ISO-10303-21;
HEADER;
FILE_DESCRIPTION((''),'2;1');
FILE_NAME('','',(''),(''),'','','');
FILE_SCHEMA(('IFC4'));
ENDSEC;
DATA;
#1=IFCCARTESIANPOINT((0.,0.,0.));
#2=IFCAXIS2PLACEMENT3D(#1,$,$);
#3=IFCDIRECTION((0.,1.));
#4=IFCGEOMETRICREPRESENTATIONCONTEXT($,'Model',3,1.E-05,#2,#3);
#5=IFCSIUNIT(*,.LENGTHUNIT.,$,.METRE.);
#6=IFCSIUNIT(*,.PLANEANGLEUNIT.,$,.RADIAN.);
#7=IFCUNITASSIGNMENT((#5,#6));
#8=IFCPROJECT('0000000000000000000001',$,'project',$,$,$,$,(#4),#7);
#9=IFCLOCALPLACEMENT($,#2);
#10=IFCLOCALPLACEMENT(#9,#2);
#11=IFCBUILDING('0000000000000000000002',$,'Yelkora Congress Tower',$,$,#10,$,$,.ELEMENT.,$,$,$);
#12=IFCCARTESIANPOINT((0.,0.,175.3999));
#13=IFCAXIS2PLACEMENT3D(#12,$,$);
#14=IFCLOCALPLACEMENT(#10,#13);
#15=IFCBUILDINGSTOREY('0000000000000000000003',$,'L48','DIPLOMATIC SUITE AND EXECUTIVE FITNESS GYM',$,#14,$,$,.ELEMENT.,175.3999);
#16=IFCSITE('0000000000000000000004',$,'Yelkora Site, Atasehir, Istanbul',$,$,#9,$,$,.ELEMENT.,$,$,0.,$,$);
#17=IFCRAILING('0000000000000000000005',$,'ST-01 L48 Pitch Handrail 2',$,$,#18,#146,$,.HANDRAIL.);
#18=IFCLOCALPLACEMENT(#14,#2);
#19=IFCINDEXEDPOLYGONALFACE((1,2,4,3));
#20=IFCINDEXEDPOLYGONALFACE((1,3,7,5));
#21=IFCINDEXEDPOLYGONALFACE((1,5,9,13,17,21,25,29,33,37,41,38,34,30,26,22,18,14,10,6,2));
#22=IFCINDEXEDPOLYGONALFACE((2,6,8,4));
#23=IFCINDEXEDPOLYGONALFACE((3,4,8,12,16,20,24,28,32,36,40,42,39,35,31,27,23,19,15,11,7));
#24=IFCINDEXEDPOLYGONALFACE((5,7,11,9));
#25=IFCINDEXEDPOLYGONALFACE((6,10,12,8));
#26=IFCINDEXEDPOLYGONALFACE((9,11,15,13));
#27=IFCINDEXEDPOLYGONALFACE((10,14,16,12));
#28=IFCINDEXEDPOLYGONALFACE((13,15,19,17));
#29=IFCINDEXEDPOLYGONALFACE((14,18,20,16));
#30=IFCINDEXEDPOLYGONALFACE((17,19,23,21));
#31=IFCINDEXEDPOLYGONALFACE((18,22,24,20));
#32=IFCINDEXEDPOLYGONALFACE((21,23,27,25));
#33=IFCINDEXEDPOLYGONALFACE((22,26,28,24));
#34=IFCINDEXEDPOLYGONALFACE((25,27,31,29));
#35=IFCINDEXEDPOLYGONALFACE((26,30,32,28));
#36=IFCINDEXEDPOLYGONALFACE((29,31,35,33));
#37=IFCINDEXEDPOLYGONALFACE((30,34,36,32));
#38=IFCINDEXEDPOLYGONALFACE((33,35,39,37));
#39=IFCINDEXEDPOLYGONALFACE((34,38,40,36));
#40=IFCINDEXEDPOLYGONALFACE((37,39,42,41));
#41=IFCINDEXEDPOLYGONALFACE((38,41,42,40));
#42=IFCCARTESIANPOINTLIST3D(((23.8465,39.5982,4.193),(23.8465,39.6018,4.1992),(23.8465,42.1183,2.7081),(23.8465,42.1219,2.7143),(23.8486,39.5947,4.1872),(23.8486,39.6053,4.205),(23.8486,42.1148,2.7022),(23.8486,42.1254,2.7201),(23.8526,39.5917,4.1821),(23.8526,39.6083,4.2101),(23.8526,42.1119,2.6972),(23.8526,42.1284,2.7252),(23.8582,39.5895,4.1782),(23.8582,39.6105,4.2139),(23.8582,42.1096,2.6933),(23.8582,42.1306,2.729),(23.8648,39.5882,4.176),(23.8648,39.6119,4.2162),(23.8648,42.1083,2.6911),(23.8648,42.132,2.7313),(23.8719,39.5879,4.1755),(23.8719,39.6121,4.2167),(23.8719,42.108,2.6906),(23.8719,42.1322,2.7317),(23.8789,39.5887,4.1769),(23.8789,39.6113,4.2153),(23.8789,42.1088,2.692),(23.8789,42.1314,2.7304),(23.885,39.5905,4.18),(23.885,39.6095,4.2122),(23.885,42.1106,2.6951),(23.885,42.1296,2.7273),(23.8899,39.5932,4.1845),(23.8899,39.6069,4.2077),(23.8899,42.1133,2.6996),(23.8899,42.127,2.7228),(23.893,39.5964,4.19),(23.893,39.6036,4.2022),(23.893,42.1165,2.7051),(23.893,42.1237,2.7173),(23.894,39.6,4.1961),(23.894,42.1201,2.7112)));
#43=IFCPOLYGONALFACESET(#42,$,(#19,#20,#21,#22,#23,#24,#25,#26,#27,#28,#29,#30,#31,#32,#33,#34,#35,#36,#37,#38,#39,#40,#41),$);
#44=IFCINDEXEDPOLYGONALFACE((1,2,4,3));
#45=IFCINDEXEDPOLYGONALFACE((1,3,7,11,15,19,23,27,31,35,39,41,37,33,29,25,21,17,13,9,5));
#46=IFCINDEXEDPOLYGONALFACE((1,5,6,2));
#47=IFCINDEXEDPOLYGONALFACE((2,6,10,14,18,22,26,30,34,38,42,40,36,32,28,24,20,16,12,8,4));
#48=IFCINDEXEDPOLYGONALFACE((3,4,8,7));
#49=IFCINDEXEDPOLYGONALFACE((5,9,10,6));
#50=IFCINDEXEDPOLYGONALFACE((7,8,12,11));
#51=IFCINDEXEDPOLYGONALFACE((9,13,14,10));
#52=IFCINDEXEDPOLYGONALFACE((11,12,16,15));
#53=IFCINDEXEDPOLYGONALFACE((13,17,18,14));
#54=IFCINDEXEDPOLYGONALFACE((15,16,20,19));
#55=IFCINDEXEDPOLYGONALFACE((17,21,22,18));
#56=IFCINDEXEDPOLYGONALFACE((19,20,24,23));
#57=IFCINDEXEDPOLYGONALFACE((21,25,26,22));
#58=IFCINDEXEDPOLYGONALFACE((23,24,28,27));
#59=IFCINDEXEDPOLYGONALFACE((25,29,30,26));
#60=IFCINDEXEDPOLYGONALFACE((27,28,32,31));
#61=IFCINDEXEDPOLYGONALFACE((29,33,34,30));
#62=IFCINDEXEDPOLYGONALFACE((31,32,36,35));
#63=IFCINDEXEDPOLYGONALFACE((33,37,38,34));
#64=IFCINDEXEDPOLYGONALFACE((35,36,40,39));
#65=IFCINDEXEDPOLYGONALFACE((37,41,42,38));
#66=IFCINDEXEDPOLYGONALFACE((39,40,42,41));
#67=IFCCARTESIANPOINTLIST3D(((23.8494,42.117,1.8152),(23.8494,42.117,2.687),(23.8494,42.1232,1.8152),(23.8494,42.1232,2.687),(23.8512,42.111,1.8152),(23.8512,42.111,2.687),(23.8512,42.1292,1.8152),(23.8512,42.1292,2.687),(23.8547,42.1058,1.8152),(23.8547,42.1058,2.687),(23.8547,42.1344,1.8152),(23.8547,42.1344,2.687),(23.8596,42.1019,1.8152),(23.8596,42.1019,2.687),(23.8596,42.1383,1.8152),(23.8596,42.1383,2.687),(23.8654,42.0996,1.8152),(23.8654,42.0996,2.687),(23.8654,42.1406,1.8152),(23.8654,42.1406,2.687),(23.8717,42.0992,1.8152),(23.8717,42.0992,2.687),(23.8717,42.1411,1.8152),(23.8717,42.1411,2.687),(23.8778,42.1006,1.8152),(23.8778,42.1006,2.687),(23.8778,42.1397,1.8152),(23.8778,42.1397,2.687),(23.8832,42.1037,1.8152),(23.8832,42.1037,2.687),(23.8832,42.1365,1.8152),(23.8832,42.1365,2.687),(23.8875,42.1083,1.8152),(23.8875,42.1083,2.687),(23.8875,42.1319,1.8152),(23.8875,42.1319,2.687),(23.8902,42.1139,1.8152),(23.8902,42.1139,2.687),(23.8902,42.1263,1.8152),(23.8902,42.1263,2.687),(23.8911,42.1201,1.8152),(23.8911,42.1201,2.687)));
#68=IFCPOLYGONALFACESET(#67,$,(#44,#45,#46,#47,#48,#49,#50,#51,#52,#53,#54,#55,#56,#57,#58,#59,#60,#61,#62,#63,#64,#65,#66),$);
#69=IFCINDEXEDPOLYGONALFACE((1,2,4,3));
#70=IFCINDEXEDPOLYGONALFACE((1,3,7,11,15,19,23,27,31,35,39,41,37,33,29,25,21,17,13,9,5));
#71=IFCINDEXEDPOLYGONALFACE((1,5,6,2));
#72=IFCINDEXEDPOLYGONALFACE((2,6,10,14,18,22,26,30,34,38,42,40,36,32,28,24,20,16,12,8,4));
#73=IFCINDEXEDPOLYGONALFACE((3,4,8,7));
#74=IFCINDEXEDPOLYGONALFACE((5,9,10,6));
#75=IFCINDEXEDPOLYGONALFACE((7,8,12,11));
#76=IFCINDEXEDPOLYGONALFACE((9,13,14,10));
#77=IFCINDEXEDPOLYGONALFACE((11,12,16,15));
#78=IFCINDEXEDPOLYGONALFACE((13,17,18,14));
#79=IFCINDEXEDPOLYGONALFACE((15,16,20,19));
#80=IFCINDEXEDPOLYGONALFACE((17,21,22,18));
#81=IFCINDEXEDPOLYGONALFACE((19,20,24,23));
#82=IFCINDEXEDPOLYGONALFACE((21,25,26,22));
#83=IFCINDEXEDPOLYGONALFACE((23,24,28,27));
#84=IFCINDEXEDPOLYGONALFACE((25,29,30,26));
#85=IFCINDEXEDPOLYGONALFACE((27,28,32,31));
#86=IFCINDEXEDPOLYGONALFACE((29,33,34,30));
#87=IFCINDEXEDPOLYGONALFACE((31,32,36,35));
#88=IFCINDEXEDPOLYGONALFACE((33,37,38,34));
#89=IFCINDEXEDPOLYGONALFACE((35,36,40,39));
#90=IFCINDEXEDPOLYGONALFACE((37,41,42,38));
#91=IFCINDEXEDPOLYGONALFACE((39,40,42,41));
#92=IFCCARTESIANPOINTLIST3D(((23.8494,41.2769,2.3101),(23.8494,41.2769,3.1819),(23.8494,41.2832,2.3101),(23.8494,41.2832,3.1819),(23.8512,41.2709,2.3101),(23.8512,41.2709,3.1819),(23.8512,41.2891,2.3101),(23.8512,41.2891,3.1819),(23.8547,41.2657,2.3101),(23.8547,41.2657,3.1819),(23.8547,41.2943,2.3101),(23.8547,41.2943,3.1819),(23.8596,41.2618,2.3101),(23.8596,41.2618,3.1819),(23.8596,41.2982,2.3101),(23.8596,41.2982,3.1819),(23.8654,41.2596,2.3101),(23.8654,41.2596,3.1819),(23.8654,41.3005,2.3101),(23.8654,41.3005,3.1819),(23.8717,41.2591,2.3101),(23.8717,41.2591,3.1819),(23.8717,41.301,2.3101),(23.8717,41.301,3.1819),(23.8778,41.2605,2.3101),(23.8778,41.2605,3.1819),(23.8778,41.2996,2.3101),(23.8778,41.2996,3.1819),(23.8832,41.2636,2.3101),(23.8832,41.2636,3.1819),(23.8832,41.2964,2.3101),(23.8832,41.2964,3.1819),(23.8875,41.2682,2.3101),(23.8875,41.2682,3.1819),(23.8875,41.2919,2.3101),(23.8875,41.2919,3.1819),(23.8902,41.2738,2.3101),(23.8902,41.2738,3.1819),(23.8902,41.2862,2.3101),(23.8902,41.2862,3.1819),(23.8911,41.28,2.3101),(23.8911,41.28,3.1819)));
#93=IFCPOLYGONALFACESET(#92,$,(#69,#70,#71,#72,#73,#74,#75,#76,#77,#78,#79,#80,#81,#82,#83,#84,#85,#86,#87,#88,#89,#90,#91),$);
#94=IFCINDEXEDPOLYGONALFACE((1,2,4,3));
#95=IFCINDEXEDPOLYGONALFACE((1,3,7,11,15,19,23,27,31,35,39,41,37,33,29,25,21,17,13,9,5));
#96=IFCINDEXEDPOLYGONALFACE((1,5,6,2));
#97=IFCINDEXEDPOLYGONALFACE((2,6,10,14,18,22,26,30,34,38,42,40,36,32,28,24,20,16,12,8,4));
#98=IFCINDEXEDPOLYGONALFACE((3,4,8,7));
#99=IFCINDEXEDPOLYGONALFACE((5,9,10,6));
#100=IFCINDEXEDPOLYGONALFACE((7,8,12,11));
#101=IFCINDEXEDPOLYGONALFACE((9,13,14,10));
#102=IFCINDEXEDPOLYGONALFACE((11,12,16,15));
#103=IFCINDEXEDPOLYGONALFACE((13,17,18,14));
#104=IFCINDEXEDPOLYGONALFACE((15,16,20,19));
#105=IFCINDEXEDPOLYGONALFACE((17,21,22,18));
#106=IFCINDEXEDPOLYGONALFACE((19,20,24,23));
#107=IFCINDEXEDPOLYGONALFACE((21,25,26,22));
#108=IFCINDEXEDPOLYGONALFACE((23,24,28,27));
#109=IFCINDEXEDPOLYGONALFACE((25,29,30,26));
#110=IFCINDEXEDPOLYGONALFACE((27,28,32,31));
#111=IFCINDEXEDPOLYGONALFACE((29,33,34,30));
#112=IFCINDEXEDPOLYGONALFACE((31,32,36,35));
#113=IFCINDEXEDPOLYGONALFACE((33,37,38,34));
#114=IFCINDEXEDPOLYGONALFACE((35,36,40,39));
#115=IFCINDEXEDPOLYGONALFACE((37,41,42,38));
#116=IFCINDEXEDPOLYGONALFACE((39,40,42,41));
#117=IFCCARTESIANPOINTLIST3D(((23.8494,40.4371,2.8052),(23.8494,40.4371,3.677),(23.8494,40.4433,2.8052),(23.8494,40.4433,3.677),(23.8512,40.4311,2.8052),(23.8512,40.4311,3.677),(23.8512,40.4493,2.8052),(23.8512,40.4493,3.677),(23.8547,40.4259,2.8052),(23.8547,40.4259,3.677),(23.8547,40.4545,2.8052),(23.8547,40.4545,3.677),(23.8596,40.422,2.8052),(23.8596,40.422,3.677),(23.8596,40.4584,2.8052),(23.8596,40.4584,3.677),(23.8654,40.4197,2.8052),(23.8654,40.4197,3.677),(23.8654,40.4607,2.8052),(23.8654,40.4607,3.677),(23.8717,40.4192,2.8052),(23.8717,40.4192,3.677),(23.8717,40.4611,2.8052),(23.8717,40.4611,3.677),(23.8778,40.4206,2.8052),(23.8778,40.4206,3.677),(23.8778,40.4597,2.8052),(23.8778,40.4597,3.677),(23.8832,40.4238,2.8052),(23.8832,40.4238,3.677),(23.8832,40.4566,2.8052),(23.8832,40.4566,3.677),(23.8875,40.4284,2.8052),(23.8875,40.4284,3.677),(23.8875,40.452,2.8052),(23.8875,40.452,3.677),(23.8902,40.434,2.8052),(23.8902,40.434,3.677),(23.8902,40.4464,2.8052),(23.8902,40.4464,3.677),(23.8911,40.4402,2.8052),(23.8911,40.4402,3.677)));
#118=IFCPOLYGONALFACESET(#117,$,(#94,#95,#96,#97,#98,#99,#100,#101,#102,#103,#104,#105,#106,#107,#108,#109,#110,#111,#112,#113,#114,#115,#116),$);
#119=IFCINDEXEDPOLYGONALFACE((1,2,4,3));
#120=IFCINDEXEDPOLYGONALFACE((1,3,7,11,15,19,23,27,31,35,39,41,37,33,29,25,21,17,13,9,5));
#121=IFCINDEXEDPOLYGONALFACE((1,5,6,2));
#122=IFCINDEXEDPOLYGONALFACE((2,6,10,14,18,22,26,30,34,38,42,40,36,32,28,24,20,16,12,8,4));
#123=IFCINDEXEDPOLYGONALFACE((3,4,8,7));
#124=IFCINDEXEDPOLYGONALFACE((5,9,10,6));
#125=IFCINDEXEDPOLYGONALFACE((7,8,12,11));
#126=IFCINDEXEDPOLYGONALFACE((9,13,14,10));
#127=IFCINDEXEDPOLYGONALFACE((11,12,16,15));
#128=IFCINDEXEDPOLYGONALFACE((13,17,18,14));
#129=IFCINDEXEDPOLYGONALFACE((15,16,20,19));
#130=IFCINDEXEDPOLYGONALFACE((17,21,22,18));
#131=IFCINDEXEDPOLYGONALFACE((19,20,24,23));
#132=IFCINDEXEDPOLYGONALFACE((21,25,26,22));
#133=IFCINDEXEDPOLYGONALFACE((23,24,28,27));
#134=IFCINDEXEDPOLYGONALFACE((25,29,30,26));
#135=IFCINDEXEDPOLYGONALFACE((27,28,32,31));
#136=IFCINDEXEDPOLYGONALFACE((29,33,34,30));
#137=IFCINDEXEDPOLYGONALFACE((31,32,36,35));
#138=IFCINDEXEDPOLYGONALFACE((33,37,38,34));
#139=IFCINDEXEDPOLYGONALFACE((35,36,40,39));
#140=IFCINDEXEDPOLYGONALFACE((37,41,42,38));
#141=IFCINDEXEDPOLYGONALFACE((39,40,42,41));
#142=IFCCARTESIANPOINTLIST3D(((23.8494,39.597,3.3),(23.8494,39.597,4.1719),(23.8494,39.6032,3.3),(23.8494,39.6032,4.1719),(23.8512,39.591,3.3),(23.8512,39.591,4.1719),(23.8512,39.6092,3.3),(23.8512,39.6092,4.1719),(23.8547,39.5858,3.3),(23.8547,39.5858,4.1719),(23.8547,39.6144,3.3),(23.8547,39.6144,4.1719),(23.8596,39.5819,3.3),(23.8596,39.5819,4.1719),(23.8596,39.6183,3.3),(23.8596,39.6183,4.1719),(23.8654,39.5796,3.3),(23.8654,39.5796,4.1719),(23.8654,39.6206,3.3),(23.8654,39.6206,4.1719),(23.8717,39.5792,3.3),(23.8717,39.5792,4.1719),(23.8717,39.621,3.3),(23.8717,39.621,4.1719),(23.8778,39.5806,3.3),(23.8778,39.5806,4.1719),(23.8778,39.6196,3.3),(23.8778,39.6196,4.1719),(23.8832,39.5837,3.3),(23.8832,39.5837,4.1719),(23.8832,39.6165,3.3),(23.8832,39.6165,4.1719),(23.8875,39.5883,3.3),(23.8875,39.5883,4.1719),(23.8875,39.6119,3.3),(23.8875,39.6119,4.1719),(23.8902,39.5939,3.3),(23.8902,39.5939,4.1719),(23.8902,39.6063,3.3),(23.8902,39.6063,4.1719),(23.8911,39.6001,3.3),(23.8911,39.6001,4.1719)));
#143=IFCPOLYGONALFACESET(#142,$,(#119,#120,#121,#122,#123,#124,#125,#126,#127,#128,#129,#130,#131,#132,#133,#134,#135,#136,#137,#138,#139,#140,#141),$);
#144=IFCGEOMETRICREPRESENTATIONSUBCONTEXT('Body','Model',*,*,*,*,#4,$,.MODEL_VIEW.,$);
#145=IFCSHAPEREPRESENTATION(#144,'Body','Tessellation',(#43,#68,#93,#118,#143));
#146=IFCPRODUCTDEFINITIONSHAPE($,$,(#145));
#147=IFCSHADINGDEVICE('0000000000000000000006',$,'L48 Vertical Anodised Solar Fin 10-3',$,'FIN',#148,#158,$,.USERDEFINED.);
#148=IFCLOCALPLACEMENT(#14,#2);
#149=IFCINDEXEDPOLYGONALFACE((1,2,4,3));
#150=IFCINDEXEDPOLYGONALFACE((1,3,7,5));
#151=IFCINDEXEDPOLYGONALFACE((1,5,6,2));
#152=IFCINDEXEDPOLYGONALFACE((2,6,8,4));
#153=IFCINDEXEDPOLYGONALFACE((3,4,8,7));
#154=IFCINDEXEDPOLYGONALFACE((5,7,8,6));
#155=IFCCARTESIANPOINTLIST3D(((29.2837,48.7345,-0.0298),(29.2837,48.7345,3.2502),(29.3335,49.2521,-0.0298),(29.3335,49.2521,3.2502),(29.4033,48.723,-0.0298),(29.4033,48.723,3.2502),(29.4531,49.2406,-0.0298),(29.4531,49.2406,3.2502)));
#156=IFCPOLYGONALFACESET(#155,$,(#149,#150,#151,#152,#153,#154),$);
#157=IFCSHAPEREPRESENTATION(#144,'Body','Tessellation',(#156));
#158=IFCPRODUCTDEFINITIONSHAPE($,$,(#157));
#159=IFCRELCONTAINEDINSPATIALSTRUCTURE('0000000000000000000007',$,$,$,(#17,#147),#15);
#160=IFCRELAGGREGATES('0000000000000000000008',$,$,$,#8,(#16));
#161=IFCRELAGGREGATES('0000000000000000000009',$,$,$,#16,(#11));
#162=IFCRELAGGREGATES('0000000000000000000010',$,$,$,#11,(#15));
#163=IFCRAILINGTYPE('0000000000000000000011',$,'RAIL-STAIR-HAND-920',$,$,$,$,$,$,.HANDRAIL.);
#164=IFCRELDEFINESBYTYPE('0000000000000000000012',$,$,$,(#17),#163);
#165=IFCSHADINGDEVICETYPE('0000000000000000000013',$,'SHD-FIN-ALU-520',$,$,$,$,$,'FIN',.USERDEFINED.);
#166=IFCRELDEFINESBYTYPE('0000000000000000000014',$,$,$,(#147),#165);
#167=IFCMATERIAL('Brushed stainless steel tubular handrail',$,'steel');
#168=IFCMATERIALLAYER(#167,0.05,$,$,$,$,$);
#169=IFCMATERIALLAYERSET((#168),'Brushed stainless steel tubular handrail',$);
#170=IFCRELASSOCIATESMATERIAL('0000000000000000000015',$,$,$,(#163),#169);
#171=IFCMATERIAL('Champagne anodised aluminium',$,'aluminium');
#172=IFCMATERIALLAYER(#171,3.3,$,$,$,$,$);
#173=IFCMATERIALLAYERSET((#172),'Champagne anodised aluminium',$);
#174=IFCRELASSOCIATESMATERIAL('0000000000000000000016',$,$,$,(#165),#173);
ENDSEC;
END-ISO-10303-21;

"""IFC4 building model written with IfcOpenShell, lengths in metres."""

from ifc_helpers import new_model, si_unit, direction, frame, origin, origin_2d, place, context, subcontext, project, spatial, rectangle, circle, extrude, material, layer, layer_set, type_object, element, save


model = new_model("IFC4")

# Units and contexts
model_context = context("Model", 3, precision=1e-05, world=origin(), true_north=direction((0.0, 1.0)))
body_context = subcontext(model_context, "Body", "Model", "MODEL_VIEW")
ifc_project = project(units=[si_unit("LENGTHUNIT", "METRE"), si_unit("PLANEANGLEUNIT", "RADIAN")], contexts=[model_context])

# Site, building, storey
site_placement = place(None, origin())
site = spatial("IfcSite", under=ifc_project, at=site_placement, Name="Yelkora Site, Atasehir, Istanbul", CompositionType="ELEMENT", RefElevation=0.0)
building_placement = place(site_placement, origin())
building = spatial("IfcBuilding", under=site, at=building_placement, Name="Yelkora Congress Tower", CompositionType="ELEMENT")
storey_placement = place(building_placement, frame((0.0, 0.0, 175.3999)))
storey = spatial("IfcBuildingStorey", under=building, at=storey_placement, Name="L48", Description="DIPLOMATIC SUITE AND EXECUTIVE FITNESS GYM", CompositionType="ELEMENT", Elevation=175.3999)

# Railing
ifc_material_1 = material(Name="Brushed stainless steel tubular handrail", Category="steel")
ifc_layer_1 = layer(ifc_material_1, 0.05)
ifc_layer_set_1 = layer_set([ifc_layer_1], Name="Brushed stainless steel tubular handrail")
railing_type_1 = type_object("IfcRailingType", Name="RAIL-STAIR-HAND-920", PredefinedType="HANDRAIL", material=ifc_layer_set_1)
railing_1_placement = place(storey_placement, frame((23.8701, 42.1201, 1.8152)))
element("IfcRailing", 1, at=railing_1_placement, inside=storey, type_object=railing_type_1, Name="ST-01 L48 Pitch Handrail 2", PredefinedType="HANDRAIL", context=body_context, shape_type="SweptSolid", body=[
    extrude(circle(Radius=0.0239, at=origin_2d()), frame((0.0, 0.0, 0.896), z_axis=(0.0, -0.861561, 0.507655), x_axis=(1.0, 0.0, 0.0)), (0.0, 0.0, 1.0), 2.925),
    extrude(circle(Radius=0.021, at=origin_2d()), origin(), (0.0, 0.0, 1.0), 0.8718),
    extrude(circle(Radius=0.021, at=origin_2d()), frame((0.0, -0.8401, 0.4949)), (0.0, 0.0, 1.0), 0.8718),
    extrude(circle(Radius=0.021, at=origin_2d()), frame((0.0, -1.6799, 0.99)), (0.0, 0.0, 1.0), 0.8718),
    extrude(circle(Radius=0.021, at=origin_2d()), frame((0.0, -2.52, 1.4849)), (0.0, 0.0, 1.0), 0.8718),
])

# Shading device
ifc_material_2 = material(Name="Champagne anodised aluminium", Category="aluminium")
ifc_layer_2 = layer(ifc_material_2, 3.3)
ifc_layer_set_2 = layer_set([ifc_layer_2], Name="Champagne anodised aluminium")
shading_device_type = type_object("IfcShadingDeviceType", Name="SHD-FIN-ALU-520", ElementType="FIN", PredefinedType="USERDEFINED", material=ifc_layer_set_2)
shading_device_placement = place(storey_placement, frame((29.3684, 48.9875, -0.0298), z_axis=(0.0, 0.0, 1.0), x_axis=(0.995396, -0.095846, 0.0)))
element("IfcShadingDevice", 2, at=shading_device_placement, inside=storey, type_object=shading_device_type, Name="L48 Vertical Anodised Solar Fin 10-3", ObjectType="FIN", PredefinedType="USERDEFINED", context=body_context, shape_type="SweptSolid", body=[
    extrude(rectangle(XDim=0.1201, YDim=0.52, at=origin_2d()), origin(), (0.0, 0.0, 1.0), 3.28),
])

save(model, "model.ifc")
